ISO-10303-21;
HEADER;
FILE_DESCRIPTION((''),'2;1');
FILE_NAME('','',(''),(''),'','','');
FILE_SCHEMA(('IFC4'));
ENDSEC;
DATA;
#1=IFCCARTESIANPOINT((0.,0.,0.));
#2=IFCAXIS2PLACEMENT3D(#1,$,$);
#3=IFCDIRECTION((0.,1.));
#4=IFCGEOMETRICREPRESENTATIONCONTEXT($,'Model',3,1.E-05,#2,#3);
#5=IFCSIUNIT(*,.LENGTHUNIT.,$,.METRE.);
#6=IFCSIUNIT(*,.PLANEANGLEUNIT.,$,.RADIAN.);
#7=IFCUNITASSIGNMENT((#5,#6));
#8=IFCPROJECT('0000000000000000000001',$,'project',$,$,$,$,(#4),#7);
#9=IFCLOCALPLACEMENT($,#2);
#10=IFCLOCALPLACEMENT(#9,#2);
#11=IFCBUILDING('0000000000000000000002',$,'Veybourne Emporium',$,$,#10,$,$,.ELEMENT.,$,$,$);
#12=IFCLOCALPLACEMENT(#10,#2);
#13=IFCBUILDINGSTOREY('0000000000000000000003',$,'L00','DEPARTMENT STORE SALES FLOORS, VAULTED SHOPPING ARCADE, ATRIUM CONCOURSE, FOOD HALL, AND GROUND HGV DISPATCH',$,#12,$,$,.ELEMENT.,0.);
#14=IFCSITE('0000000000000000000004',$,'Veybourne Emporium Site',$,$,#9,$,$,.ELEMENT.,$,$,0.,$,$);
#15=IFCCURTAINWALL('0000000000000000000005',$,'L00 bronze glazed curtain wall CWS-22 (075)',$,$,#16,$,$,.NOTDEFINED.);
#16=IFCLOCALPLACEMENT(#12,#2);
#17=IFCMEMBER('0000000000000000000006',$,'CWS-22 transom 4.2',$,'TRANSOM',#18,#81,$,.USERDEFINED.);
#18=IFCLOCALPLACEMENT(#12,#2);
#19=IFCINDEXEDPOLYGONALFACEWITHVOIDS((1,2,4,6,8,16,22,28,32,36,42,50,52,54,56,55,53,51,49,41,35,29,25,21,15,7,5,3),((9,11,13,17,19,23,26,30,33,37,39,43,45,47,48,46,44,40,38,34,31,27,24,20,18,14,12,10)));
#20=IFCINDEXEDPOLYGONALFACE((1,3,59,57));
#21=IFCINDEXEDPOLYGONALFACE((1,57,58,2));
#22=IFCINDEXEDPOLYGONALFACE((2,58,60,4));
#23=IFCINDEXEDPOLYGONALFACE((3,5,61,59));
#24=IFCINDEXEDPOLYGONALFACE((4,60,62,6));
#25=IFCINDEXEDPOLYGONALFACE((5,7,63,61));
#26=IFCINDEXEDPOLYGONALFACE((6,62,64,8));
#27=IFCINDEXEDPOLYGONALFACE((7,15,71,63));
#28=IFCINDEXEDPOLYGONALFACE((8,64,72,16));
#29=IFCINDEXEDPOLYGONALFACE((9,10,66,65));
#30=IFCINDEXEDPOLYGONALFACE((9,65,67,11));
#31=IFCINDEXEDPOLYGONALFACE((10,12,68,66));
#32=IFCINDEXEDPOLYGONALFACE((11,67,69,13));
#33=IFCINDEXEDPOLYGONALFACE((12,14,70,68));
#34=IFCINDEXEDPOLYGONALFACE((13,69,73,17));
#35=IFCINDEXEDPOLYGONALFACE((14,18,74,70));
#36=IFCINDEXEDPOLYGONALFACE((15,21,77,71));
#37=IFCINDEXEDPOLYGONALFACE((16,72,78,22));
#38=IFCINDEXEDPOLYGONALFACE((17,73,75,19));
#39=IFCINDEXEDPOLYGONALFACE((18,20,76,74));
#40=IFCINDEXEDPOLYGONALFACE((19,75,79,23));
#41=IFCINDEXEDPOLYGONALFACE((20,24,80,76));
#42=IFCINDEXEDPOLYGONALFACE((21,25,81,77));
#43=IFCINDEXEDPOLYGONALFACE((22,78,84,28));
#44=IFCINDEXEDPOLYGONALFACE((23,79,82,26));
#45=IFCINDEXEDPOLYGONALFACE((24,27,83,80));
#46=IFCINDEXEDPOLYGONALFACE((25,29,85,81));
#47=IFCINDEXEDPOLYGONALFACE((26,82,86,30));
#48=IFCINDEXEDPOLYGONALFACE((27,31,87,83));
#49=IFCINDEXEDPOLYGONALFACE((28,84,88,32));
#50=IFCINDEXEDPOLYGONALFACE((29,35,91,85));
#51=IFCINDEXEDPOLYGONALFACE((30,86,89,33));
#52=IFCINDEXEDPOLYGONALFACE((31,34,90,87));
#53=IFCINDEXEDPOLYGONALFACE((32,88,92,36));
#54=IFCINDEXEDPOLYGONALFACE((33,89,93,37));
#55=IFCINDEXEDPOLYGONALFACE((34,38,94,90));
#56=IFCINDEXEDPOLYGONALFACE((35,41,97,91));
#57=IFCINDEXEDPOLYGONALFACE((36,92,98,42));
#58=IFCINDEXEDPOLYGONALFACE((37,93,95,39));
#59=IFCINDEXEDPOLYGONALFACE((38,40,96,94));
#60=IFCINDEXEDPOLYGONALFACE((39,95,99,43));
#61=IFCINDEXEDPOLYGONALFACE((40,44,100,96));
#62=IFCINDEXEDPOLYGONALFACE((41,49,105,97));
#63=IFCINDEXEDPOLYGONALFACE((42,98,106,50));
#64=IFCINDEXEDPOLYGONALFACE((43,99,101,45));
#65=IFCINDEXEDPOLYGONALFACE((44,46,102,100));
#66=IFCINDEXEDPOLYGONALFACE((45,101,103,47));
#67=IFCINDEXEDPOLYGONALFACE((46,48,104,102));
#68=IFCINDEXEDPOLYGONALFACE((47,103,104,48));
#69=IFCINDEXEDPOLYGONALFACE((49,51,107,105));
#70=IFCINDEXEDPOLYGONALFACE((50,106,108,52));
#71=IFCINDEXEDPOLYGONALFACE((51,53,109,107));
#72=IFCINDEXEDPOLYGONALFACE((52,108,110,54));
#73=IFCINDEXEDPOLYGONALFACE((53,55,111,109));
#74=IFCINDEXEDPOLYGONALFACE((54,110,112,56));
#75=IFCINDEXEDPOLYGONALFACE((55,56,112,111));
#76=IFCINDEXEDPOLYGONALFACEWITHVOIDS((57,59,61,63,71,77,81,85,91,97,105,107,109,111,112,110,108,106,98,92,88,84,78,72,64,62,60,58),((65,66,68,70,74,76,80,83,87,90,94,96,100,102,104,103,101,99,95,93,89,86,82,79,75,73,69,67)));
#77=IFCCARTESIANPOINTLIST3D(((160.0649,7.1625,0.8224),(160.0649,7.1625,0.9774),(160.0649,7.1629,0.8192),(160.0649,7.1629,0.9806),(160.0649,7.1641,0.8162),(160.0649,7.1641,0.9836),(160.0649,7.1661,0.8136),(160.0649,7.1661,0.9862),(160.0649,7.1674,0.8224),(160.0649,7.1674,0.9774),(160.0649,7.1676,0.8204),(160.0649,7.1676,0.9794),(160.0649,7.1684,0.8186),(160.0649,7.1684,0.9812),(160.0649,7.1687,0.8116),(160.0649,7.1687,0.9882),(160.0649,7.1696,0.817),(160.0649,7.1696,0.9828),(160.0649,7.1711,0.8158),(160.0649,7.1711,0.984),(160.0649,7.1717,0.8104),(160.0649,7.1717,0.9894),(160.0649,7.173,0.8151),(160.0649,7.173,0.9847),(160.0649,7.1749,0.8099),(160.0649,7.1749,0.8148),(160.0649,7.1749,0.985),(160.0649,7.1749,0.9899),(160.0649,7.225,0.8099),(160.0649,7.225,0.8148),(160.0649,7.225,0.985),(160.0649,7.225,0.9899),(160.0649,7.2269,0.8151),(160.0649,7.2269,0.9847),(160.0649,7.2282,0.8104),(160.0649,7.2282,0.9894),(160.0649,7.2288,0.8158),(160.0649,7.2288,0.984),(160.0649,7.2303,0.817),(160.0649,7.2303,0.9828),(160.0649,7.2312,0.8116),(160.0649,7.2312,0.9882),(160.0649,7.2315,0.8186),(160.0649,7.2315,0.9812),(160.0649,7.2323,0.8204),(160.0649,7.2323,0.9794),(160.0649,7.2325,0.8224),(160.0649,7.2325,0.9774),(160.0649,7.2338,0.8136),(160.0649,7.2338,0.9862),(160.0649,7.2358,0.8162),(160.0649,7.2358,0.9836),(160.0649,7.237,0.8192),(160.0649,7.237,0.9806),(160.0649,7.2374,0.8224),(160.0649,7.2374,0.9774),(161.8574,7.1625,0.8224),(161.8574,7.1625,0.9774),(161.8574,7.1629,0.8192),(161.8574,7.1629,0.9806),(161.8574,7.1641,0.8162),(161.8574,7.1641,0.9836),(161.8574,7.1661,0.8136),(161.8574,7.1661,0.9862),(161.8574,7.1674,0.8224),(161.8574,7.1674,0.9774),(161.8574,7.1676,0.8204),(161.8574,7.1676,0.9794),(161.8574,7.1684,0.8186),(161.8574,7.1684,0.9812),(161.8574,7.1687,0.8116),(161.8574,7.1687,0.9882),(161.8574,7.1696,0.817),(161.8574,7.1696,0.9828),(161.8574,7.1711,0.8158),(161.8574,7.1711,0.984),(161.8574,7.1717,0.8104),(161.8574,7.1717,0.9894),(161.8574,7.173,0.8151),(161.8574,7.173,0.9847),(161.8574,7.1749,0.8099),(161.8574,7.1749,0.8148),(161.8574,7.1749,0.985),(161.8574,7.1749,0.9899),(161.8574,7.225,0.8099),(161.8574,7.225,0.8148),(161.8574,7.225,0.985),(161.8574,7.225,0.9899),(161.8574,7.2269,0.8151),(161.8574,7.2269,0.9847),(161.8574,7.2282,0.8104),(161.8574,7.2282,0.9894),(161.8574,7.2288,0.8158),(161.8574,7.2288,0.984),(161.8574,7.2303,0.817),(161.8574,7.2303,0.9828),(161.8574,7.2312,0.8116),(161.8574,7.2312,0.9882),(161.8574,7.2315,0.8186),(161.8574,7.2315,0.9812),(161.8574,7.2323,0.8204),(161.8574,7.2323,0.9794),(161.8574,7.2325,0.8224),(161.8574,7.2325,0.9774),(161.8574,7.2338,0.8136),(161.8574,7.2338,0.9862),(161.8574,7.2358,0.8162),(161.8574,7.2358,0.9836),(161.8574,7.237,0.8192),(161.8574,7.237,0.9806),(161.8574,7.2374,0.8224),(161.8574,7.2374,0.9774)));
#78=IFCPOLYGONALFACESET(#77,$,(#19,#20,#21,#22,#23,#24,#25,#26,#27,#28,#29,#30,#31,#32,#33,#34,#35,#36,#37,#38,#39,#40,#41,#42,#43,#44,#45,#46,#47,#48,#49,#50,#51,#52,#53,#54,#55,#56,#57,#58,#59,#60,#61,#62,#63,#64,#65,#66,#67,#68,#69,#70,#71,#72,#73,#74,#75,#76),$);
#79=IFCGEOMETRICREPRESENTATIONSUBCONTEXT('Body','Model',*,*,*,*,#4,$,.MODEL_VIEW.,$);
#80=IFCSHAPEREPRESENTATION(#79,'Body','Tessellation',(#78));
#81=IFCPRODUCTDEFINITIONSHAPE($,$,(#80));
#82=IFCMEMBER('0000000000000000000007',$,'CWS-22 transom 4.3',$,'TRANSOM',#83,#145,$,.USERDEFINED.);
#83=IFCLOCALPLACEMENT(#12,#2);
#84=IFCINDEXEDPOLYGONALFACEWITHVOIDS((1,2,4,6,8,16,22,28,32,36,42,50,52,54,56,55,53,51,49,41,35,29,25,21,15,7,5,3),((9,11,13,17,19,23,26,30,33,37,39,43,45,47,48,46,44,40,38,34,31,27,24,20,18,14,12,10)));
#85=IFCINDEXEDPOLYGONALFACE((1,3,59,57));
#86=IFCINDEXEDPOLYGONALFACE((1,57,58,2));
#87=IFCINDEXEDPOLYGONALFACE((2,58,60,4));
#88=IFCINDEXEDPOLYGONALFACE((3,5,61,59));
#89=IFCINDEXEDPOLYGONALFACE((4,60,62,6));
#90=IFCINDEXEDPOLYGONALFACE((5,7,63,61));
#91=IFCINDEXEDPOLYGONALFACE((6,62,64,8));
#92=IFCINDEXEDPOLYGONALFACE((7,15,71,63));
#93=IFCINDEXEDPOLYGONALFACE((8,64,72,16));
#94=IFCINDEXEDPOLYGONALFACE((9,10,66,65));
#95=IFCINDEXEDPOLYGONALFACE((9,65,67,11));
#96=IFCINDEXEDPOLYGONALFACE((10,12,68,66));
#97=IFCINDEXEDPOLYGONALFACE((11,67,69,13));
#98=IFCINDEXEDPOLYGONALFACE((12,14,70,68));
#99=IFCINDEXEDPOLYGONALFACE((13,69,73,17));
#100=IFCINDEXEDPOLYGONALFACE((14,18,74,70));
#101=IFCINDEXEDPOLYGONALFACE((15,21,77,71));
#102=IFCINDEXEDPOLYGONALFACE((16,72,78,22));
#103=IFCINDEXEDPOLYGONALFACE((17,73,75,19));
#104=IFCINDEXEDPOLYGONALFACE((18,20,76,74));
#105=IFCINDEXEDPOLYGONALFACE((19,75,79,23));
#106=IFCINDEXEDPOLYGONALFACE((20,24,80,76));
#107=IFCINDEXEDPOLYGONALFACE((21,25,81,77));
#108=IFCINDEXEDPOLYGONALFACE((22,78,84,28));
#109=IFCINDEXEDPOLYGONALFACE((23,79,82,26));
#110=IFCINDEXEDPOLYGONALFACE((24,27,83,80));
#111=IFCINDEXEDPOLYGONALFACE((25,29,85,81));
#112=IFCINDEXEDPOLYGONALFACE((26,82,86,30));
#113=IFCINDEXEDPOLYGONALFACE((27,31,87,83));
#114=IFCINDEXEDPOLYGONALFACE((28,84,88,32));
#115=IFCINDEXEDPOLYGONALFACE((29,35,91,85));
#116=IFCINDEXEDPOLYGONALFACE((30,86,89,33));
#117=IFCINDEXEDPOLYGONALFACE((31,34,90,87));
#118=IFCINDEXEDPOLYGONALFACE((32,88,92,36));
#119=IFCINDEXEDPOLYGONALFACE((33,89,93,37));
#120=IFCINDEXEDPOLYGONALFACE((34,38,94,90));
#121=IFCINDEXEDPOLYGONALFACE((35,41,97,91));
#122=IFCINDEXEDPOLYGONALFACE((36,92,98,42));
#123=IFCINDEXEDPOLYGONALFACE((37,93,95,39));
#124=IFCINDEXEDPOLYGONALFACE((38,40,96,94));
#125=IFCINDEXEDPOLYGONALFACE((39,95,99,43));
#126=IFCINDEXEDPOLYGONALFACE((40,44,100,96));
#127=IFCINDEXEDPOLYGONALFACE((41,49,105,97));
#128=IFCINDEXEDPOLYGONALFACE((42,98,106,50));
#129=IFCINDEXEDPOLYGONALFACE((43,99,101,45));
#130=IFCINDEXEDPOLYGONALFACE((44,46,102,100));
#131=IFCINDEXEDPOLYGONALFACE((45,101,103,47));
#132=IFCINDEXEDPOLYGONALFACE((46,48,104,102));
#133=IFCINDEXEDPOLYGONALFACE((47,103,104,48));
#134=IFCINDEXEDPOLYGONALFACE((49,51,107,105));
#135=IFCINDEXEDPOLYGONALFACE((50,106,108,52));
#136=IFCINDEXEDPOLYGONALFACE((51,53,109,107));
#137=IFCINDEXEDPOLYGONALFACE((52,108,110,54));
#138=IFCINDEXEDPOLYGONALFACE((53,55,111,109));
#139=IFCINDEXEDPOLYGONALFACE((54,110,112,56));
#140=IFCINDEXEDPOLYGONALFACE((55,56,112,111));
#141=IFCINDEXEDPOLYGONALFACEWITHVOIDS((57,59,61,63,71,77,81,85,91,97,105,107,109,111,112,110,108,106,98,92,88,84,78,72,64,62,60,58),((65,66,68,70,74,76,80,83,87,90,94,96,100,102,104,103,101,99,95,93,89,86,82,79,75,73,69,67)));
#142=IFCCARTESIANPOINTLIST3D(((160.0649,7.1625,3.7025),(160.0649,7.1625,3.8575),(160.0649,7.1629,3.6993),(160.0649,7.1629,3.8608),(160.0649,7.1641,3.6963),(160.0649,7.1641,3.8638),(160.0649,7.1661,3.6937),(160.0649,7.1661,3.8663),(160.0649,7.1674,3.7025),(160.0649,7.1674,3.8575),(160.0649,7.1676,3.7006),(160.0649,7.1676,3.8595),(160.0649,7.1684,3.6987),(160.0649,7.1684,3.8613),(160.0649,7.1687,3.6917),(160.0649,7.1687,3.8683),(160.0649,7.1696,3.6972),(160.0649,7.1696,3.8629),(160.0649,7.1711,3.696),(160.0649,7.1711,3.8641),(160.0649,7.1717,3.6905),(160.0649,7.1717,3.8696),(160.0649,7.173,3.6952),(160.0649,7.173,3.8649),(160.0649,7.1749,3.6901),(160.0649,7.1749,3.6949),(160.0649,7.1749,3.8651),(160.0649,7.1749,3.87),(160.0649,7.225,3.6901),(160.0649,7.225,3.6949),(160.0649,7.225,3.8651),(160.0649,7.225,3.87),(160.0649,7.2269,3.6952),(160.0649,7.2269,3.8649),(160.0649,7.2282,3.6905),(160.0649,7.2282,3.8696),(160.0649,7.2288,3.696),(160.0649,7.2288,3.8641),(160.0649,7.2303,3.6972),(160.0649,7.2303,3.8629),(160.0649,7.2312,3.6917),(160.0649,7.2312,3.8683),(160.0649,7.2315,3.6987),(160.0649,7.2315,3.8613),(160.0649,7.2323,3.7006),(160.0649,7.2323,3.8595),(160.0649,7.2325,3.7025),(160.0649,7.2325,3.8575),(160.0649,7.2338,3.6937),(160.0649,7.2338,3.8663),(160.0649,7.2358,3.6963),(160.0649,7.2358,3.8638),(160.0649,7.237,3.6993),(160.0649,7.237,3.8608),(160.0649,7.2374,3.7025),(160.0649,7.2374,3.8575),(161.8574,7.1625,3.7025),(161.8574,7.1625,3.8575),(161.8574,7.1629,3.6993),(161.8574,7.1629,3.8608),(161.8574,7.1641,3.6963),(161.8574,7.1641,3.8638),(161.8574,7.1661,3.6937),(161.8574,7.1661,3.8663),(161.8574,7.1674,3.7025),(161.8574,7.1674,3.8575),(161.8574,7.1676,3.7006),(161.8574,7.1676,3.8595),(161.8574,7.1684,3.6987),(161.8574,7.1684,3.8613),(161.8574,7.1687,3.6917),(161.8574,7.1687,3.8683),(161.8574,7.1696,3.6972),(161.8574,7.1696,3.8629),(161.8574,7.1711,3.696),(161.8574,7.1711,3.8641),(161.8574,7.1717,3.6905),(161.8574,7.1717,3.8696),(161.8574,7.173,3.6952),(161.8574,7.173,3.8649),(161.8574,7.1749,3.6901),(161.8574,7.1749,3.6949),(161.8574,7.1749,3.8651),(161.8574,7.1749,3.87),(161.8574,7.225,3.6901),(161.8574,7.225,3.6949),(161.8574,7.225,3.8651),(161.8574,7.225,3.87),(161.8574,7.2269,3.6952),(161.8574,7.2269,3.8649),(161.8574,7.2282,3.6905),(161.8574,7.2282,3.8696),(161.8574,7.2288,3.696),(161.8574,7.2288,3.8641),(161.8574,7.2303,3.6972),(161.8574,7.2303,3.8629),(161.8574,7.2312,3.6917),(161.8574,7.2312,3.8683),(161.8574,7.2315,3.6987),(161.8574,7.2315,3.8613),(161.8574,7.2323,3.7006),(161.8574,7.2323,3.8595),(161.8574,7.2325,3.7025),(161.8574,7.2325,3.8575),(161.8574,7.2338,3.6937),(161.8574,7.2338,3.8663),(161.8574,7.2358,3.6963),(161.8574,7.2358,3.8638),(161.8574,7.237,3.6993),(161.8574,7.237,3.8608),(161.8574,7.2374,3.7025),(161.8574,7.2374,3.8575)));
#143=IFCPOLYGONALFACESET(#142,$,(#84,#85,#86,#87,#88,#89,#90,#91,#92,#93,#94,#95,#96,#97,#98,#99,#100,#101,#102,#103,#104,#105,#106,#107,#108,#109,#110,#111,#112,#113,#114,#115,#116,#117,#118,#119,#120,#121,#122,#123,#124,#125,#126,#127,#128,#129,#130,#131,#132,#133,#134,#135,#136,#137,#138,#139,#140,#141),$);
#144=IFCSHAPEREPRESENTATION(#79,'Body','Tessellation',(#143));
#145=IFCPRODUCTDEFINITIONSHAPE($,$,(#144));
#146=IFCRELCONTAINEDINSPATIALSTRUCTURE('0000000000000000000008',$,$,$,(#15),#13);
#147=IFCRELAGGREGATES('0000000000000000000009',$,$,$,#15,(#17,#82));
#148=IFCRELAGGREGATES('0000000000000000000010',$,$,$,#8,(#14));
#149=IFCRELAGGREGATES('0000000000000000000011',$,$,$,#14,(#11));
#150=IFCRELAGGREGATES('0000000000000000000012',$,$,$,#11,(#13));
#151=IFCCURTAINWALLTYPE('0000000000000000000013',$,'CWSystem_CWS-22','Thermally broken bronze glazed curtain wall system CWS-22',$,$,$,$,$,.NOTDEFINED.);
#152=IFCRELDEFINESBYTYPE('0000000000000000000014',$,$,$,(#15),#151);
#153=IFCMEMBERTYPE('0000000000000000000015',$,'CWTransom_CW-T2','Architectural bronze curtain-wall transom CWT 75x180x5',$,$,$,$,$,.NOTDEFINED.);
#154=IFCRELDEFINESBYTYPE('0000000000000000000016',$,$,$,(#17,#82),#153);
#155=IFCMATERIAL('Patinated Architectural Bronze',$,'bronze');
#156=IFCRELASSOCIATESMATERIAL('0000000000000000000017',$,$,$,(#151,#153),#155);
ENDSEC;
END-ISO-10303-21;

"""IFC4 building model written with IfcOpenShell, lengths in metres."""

from ifc_helpers import new_model, si_unit, direction, frame, origin, origin_2d, place, context, subcontext, project, spatial, hollow_rectangle, extrude, material, material_profile, profile_set, type_object, element, aggregate, save


model = new_model("IFC4")

# Units and contexts
model_context = context("Model", 3, precision=1e-05, world=origin(), true_north=direction((0.0, 1.0)))
body_context = subcontext(model_context, "Body", "Model", "MODEL_VIEW")
ifc_project = project(units=[si_unit("LENGTHUNIT", "METRE"), si_unit("PLANEANGLEUNIT", "RADIAN")], contexts=[model_context])

# Site, building, storey
site_placement = place(None, origin())
site = spatial("IfcSite", under=ifc_project, at=site_placement, Name="Veybourne Emporium Site", CompositionType="ELEMENT", RefElevation=0.0)
building_placement = place(site_placement, origin())
building = spatial("IfcBuilding", under=site, at=building_placement, Name="Veybourne Emporium", CompositionType="ELEMENT")
storey_placement = place(building_placement, origin())
storey = spatial("IfcBuildingStorey", under=building, at=storey_placement, Name="L00", Description="DEPARTMENT STORE SALES FLOORS, VAULTED SHOPPING ARCADE, ATRIUM CONCOURSE, FOOD HALL, AND GROUND HGV DISPATCH", CompositionType="ELEMENT", Elevation=0.0)

# Curtain wall
ifc_material_1 = material(Name="Patinated Architectural Bronze", Category="bronze")
curtain_wall_type_1 = type_object("IfcCurtainWallType", Name="CWSystem_CWS-22", Description="Thermally broken bronze glazed curtain wall system CWS-22", PredefinedType="NOTDEFINED", material=ifc_material_1)
curtain_wall_1_placement = place(storey_placement, origin())
curtain_wall_1 = element("IfcCurtainWall", 1, at=curtain_wall_1_placement, inside=storey, type_object=curtain_wall_type_1, Name="L00 bronze glazed curtain wall CWS-22 (075)", PredefinedType="NOTDEFINED")

# Members
ifc_material_profile_1 = material_profile(ifc_material_1, hollow_rectangle(XDim=0.075, YDim=0.1799, WallThickness=0.0049, InnerFilletRadius=0.0076, OuterFilletRadius=0.0125, at=origin_2d()), Name="CWT 75x180x5")
ifc_profile_set_1 = profile_set([ifc_material_profile_1], Name="Patinated Architectural Bronze")
member_type_1 = type_object("IfcMemberType", Name="CWTransom_CW-T2", Description="Architectural bronze curtain-wall transom CWT 75x180x5", PredefinedType="NOTDEFINED", material=ifc_profile_set_1)
member_1_placement = place(storey_placement, frame((161.8574, 7.2, 0.8999), z_axis=(-1.0, 0.0, 0.0), x_axis=(0.0, -1.0, 0.0)))
member_1 = element("IfcMember", 2, at=member_1_placement, type_object=member_type_1, Name="CWS-22 transom 4.2", ObjectType="TRANSOM", PredefinedType="USERDEFINED", context=body_context, shape_type="SweptSolid", body=[
    extrude(hollow_rectangle(XDim=0.075, YDim=0.1799, WallThickness=0.0049, InnerFilletRadius=0.0076, OuterFilletRadius=0.0125, at=origin_2d()), origin(), (0.0, 0.0, 1.0), 1.7925),
])
member_2_placement = place(storey_placement, frame((161.8574, 7.2, 3.78), z_axis=(-1.0, 0.0, 0.0), x_axis=(0.0, -1.0, 0.0)))
member_2 = element("IfcMember", 3, at=member_2_placement, type_object=member_type_1, Name="CWS-22 transom 4.3", ObjectType="TRANSOM", PredefinedType="USERDEFINED", context=body_context, shape_type="SweptSolid", body=[
    extrude(hollow_rectangle(XDim=0.075, YDim=0.1799, WallThickness=0.0049, InnerFilletRadius=0.0076, OuterFilletRadius=0.0125, at=origin_2d()), origin(), (0.0, 0.0, 1.0), 1.7925),
])

aggregate(curtain_wall_1, [member_1, member_2])

save(model, "model.ifc")
